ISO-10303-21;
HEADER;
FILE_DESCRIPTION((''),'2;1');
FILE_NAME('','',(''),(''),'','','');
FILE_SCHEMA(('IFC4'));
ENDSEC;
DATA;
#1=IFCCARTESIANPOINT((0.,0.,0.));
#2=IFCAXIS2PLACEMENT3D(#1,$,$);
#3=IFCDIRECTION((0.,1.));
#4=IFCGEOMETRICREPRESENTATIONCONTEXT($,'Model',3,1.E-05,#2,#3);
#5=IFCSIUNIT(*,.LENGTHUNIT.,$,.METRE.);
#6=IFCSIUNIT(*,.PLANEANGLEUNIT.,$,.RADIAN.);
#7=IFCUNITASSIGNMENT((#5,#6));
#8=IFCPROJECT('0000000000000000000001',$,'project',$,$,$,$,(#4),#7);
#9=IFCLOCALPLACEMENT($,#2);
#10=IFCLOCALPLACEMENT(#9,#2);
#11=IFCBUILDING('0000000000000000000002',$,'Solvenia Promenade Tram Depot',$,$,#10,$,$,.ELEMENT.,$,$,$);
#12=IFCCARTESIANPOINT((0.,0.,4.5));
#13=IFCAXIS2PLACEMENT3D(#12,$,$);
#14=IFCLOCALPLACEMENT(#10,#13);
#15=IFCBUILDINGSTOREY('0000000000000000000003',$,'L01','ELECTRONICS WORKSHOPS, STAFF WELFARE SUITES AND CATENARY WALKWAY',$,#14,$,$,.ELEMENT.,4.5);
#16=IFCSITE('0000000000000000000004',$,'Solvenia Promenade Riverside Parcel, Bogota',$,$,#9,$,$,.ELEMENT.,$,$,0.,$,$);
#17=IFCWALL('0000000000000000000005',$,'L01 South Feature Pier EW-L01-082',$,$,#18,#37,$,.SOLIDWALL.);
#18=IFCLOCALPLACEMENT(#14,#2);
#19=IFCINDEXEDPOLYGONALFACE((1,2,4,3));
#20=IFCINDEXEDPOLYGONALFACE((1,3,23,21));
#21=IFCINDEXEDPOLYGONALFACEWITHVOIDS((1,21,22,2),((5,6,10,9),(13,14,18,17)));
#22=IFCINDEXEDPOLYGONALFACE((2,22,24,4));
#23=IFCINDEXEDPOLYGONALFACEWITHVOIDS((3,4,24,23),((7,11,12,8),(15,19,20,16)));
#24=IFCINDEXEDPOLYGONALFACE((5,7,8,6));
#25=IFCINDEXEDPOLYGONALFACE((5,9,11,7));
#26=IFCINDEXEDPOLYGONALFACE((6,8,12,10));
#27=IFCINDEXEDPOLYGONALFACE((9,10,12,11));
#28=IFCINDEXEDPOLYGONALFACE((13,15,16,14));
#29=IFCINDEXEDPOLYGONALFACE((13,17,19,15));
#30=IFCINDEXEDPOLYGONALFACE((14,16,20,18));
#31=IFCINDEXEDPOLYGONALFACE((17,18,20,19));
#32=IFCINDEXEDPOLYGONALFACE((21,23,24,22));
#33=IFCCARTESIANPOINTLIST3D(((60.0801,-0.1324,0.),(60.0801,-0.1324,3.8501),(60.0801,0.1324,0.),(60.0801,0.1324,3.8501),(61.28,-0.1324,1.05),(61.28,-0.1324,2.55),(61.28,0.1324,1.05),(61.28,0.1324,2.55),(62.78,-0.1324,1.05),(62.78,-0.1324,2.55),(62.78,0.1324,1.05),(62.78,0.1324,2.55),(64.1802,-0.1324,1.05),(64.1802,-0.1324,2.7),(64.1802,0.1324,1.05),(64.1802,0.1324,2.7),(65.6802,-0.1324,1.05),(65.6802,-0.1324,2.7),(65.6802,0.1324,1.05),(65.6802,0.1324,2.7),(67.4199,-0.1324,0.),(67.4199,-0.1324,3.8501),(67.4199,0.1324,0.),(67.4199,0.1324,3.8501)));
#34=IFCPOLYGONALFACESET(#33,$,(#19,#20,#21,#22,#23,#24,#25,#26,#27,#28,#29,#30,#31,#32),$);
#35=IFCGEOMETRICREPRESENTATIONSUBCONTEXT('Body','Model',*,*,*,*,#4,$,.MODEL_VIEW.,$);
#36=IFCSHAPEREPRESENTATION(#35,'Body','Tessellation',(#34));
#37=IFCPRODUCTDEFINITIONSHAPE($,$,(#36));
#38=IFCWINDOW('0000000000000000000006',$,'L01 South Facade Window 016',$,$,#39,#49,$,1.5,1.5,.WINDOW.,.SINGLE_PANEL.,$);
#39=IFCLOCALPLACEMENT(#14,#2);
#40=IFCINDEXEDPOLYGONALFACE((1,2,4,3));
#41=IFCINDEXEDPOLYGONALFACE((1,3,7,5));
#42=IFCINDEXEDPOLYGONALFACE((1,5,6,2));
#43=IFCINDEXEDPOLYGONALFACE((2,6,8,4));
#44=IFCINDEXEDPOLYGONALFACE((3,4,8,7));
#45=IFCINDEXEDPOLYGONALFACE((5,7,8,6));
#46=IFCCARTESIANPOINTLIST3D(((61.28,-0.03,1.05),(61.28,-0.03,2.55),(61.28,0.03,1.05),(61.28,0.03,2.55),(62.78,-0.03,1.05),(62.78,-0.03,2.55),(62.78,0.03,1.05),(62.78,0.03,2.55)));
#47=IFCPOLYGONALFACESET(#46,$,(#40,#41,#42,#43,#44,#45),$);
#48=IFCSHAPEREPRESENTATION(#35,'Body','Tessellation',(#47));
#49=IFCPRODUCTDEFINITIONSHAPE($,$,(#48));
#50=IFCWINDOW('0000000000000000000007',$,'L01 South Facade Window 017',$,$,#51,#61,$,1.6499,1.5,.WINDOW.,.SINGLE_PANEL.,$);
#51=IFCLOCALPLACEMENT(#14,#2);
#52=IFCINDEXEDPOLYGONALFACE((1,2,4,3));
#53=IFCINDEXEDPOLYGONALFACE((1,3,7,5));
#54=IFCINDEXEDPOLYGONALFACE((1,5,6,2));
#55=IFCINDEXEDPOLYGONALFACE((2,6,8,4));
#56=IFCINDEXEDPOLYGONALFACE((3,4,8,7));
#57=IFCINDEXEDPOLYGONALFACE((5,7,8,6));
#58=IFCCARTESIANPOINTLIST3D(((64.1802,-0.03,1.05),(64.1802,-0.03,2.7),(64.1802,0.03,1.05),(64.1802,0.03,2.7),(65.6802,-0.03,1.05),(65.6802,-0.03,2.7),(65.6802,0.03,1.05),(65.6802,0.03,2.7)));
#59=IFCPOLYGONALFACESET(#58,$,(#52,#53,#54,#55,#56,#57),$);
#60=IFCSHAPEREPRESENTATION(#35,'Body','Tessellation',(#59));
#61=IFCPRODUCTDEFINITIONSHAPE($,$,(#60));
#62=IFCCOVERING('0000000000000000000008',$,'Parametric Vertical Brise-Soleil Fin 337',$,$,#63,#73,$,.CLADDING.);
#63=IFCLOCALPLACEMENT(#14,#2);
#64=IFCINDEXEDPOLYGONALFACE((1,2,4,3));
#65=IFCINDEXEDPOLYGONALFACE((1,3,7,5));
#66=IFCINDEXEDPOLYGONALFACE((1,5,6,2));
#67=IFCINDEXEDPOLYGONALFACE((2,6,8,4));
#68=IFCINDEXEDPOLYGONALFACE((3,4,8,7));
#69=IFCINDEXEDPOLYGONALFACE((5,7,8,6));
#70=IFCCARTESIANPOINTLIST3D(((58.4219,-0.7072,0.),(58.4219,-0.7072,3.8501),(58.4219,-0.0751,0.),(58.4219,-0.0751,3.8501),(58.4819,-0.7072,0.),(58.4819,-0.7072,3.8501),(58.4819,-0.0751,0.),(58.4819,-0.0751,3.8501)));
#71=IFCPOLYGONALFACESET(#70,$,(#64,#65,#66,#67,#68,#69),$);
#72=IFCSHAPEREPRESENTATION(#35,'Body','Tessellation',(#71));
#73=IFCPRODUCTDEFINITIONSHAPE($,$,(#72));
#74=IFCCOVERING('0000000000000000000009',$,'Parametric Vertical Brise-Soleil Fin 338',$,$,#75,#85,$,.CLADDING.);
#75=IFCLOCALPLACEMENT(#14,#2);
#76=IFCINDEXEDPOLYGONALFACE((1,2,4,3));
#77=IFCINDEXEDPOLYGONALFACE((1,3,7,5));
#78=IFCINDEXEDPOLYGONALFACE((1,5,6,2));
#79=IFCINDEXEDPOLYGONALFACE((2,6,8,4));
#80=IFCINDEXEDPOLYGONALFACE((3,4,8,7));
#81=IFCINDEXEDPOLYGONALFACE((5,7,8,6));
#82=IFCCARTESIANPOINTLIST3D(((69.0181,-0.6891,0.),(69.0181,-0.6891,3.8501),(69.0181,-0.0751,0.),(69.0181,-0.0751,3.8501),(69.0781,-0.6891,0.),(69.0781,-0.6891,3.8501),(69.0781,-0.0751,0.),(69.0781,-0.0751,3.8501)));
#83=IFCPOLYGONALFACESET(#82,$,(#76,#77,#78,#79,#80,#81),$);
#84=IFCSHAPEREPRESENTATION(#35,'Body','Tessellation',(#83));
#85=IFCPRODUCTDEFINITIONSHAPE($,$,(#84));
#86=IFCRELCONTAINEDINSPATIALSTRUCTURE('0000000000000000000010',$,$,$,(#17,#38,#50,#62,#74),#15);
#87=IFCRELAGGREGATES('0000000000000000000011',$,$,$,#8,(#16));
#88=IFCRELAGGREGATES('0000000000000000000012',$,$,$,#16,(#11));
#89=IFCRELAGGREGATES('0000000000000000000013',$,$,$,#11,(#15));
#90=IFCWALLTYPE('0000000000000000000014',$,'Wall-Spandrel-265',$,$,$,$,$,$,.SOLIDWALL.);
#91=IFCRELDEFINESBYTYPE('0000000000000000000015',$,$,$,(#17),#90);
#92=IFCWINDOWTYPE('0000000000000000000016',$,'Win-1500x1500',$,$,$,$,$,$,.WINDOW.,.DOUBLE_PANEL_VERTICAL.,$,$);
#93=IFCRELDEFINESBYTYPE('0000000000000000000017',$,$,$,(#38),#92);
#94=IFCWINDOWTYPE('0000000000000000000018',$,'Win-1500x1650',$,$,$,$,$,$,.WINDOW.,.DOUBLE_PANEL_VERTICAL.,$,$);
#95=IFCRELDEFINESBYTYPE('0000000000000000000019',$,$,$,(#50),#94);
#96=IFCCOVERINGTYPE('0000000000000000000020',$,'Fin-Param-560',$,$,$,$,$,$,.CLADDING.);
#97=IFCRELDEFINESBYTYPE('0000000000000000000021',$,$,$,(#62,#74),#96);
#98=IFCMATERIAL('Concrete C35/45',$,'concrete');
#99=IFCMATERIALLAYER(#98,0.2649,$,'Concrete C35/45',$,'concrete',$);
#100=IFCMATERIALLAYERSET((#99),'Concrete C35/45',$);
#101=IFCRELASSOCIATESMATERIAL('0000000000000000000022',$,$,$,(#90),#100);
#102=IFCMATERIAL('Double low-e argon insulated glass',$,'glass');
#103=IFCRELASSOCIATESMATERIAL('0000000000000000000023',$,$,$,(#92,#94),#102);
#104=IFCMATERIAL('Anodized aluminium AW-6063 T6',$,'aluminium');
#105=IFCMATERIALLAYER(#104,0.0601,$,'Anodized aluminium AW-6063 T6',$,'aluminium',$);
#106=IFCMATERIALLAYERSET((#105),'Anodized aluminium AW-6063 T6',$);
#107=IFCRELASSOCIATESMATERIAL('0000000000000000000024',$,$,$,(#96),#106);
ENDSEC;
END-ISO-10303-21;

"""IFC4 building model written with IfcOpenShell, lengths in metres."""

from ifc_helpers import new_model, si_unit, direction, frame, frame_2d, origin, origin_2d, place, context, subcontext, project, spatial, rectangle, extrude, material, layer, layer_set, type_object, element, fill, save


model = new_model("IFC4")

# Units and contexts
model_context = context("Model", 3, precision=1e-05, world=origin(), true_north=direction((0.0, 1.0)))
body_context = subcontext(model_context, "Body", "Model", "MODEL_VIEW")
ifc_project = project(units=[si_unit("LENGTHUNIT", "METRE"), si_unit("PLANEANGLEUNIT", "RADIAN")], contexts=[model_context])

# Site, building, storey
site_placement = place(None, origin())
site = spatial("IfcSite", under=ifc_project, at=site_placement, Name="Solvenia Promenade Riverside Parcel, Bogota", CompositionType="ELEMENT", RefElevation=0.0)
building_placement = place(site_placement, origin())
building = spatial("IfcBuilding", under=site, at=building_placement, Name="Solvenia Promenade Tram Depot", CompositionType="ELEMENT")
storey_placement = place(building_placement, frame((0.0, 0.0, 4.5)))
storey = spatial("IfcBuildingStorey", under=building, at=storey_placement, Name="L01", Description="ELECTRONICS WORKSHOPS, STAFF WELFARE SUITES AND CATENARY WALKWAY", CompositionType="ELEMENT", Elevation=4.5)

# Shared definitions
ifc_material_1 = material(Name="Anodized aluminium AW-6063 T6", Category="aluminium")

# Shared definitions
ifc_material_2 = material(Name="Double low-e argon insulated glass", Category="glass")

# Wall, openings, windows
ifc_material_3 = material(Name="Concrete C35/45", Category="concrete")
ifc_layer_1 = layer(ifc_material_3, 0.2649, Name="Concrete C35/45", Category="concrete")
ifc_layer_set_1 = layer_set([ifc_layer_1], Name="Concrete C35/45")
wall_type = type_object("IfcWallType", Name="Wall-Spandrel-265", PredefinedType="SOLIDWALL", material=ifc_layer_set_1)
wall_placement = place(storey_placement, frame((60.0801, 0.0, 0.0), z_axis=(0.0, 0.0, 1.0), x_axis=(1.0, 0.0, 0.0)))
wall = element("IfcWall", 1, at=wall_placement, inside=storey, type_object=wall_type, Name="L01 South Feature Pier EW-L01-082", PredefinedType="SOLIDWALL", context=body_context, shape_type="SweptSolid", body=[
    extrude(rectangle(XDim=7.3398, YDim=0.2649, at=frame_2d((3.6699, 0.0))), origin(), (0.0, 0.0, 1.0), 3.8501),
])
opening_1_placement = place(wall_placement, frame((1.2, 0.0, 1.05)))
opening_1 = element("IfcOpeningElement", 2, at=opening_1_placement, cuts=wall, PredefinedType="OPENING", context=body_context, shape_type="SweptSolid", body=[
    extrude(rectangle(XDim=1.5, YDim=1.5, at=frame_2d((0.75, 0.75))), frame((0.0, 0.1423, 0.0), z_axis=(0.0, -1.0, 0.0), x_axis=(1.0, 0.0, 0.0)), (0.0, 0.0, 1.0), 0.2849),
])
opening_2_placement = place(wall_placement, frame((4.1001, 0.0, 1.05)))
opening_2 = element("IfcOpeningElement", 3, at=opening_2_placement, cuts=wall, PredefinedType="OPENING", context=body_context, shape_type="SweptSolid", body=[
    extrude(rectangle(XDim=1.5, YDim=1.6499, at=frame_2d((0.75, 0.825))), frame((0.0, 0.1423, 0.0), z_axis=(0.0, -1.0, 0.0), x_axis=(1.0, 0.0, 0.0)), (0.0, 0.0, 1.0), 0.2849),
])
window_type_1 = type_object("IfcWindowType", Name="Win-1500x1500", PartitioningType="DOUBLE_PANEL_VERTICAL", PredefinedType="WINDOW", material=ifc_material_2)
window_1_placement = place(opening_1_placement, origin())
window_1 = element("IfcWindow", 4, at=window_1_placement, inside=storey, type_object=window_type_1, Name="L01 South Facade Window 016", OverallHeight=1.5, OverallWidth=1.5, PartitioningType="SINGLE_PANEL", PredefinedType="WINDOW", context=body_context, shape_type="SweptSolid", body=[
    extrude(rectangle(XDim=1.5, YDim=1.5, at=frame_2d((0.75, 0.75))), frame((0.0, 0.03, 0.0), z_axis=(0.0, -1.0, 0.0), x_axis=(1.0, 0.0, 0.0)), (0.0, 0.0, 1.0), 0.0601),
])
fill(opening_1, window_1)
window_type_2 = type_object("IfcWindowType", Name="Win-1500x1650", PartitioningType="DOUBLE_PANEL_VERTICAL", PredefinedType="WINDOW", material=ifc_material_2)
window_2_placement = place(opening_2_placement, origin())
window_2 = element("IfcWindow", 5, at=window_2_placement, inside=storey, type_object=window_type_2, Name="L01 South Facade Window 017", OverallHeight=1.6499, OverallWidth=1.5, PartitioningType="SINGLE_PANEL", PredefinedType="WINDOW", context=body_context, shape_type="SweptSolid", body=[
    extrude(rectangle(XDim=1.5, YDim=1.6499, at=frame_2d((0.75, 0.825))), frame((0.0, 0.03, 0.0), z_axis=(0.0, -1.0, 0.0), x_axis=(1.0, 0.0, 0.0)), (0.0, 0.0, 1.0), 0.0601),
])
fill(opening_2, window_2)

# Coverings
ifc_layer_2 = layer(ifc_material_1, 0.0601, Name="Anodized aluminium AW-6063 T6", Category="aluminium")
ifc_layer_set_2 = layer_set([ifc_layer_2], Name="Anodized aluminium AW-6063 T6")
covering_type = type_object("IfcCoveringType", Name="Fin-Param-560", PredefinedType="CLADDING", material=ifc_layer_set_2)
covering_1_placement = place(storey_placement, frame((58.4519, -0.3911, 0.0), z_axis=(0.0, 0.0, 1.0), x_axis=(1.0, 0.0, 0.0)))
element("IfcCovering", 6, at=covering_1_placement, inside=storey, type_object=covering_type, Name="Parametric Vertical Brise-Soleil Fin 337", PredefinedType="CLADDING", context=body_context, shape_type="SweptSolid", body=[
    extrude(rectangle(XDim=0.0601, YDim=0.6321, at=origin_2d()), origin(), (0.0, 0.0, 1.0), 3.8501),
])
covering_2_placement = place(storey_placement, frame((69.0481, -0.3821, 0.0), z_axis=(0.0, 0.0, 1.0), x_axis=(1.0, 0.0, 0.0)))
element("IfcCovering", 7, at=covering_2_placement, inside=storey, type_object=covering_type, Name="Parametric Vertical Brise-Soleil Fin 338", PredefinedType="CLADDING", context=body_context, shape_type="SweptSolid", body=[
    extrude(rectangle(XDim=0.0601, YDim=0.614, at=origin_2d()), origin(), (0.0, 0.0, 1.0), 3.8501),
])

save(model, "model.ifc")
